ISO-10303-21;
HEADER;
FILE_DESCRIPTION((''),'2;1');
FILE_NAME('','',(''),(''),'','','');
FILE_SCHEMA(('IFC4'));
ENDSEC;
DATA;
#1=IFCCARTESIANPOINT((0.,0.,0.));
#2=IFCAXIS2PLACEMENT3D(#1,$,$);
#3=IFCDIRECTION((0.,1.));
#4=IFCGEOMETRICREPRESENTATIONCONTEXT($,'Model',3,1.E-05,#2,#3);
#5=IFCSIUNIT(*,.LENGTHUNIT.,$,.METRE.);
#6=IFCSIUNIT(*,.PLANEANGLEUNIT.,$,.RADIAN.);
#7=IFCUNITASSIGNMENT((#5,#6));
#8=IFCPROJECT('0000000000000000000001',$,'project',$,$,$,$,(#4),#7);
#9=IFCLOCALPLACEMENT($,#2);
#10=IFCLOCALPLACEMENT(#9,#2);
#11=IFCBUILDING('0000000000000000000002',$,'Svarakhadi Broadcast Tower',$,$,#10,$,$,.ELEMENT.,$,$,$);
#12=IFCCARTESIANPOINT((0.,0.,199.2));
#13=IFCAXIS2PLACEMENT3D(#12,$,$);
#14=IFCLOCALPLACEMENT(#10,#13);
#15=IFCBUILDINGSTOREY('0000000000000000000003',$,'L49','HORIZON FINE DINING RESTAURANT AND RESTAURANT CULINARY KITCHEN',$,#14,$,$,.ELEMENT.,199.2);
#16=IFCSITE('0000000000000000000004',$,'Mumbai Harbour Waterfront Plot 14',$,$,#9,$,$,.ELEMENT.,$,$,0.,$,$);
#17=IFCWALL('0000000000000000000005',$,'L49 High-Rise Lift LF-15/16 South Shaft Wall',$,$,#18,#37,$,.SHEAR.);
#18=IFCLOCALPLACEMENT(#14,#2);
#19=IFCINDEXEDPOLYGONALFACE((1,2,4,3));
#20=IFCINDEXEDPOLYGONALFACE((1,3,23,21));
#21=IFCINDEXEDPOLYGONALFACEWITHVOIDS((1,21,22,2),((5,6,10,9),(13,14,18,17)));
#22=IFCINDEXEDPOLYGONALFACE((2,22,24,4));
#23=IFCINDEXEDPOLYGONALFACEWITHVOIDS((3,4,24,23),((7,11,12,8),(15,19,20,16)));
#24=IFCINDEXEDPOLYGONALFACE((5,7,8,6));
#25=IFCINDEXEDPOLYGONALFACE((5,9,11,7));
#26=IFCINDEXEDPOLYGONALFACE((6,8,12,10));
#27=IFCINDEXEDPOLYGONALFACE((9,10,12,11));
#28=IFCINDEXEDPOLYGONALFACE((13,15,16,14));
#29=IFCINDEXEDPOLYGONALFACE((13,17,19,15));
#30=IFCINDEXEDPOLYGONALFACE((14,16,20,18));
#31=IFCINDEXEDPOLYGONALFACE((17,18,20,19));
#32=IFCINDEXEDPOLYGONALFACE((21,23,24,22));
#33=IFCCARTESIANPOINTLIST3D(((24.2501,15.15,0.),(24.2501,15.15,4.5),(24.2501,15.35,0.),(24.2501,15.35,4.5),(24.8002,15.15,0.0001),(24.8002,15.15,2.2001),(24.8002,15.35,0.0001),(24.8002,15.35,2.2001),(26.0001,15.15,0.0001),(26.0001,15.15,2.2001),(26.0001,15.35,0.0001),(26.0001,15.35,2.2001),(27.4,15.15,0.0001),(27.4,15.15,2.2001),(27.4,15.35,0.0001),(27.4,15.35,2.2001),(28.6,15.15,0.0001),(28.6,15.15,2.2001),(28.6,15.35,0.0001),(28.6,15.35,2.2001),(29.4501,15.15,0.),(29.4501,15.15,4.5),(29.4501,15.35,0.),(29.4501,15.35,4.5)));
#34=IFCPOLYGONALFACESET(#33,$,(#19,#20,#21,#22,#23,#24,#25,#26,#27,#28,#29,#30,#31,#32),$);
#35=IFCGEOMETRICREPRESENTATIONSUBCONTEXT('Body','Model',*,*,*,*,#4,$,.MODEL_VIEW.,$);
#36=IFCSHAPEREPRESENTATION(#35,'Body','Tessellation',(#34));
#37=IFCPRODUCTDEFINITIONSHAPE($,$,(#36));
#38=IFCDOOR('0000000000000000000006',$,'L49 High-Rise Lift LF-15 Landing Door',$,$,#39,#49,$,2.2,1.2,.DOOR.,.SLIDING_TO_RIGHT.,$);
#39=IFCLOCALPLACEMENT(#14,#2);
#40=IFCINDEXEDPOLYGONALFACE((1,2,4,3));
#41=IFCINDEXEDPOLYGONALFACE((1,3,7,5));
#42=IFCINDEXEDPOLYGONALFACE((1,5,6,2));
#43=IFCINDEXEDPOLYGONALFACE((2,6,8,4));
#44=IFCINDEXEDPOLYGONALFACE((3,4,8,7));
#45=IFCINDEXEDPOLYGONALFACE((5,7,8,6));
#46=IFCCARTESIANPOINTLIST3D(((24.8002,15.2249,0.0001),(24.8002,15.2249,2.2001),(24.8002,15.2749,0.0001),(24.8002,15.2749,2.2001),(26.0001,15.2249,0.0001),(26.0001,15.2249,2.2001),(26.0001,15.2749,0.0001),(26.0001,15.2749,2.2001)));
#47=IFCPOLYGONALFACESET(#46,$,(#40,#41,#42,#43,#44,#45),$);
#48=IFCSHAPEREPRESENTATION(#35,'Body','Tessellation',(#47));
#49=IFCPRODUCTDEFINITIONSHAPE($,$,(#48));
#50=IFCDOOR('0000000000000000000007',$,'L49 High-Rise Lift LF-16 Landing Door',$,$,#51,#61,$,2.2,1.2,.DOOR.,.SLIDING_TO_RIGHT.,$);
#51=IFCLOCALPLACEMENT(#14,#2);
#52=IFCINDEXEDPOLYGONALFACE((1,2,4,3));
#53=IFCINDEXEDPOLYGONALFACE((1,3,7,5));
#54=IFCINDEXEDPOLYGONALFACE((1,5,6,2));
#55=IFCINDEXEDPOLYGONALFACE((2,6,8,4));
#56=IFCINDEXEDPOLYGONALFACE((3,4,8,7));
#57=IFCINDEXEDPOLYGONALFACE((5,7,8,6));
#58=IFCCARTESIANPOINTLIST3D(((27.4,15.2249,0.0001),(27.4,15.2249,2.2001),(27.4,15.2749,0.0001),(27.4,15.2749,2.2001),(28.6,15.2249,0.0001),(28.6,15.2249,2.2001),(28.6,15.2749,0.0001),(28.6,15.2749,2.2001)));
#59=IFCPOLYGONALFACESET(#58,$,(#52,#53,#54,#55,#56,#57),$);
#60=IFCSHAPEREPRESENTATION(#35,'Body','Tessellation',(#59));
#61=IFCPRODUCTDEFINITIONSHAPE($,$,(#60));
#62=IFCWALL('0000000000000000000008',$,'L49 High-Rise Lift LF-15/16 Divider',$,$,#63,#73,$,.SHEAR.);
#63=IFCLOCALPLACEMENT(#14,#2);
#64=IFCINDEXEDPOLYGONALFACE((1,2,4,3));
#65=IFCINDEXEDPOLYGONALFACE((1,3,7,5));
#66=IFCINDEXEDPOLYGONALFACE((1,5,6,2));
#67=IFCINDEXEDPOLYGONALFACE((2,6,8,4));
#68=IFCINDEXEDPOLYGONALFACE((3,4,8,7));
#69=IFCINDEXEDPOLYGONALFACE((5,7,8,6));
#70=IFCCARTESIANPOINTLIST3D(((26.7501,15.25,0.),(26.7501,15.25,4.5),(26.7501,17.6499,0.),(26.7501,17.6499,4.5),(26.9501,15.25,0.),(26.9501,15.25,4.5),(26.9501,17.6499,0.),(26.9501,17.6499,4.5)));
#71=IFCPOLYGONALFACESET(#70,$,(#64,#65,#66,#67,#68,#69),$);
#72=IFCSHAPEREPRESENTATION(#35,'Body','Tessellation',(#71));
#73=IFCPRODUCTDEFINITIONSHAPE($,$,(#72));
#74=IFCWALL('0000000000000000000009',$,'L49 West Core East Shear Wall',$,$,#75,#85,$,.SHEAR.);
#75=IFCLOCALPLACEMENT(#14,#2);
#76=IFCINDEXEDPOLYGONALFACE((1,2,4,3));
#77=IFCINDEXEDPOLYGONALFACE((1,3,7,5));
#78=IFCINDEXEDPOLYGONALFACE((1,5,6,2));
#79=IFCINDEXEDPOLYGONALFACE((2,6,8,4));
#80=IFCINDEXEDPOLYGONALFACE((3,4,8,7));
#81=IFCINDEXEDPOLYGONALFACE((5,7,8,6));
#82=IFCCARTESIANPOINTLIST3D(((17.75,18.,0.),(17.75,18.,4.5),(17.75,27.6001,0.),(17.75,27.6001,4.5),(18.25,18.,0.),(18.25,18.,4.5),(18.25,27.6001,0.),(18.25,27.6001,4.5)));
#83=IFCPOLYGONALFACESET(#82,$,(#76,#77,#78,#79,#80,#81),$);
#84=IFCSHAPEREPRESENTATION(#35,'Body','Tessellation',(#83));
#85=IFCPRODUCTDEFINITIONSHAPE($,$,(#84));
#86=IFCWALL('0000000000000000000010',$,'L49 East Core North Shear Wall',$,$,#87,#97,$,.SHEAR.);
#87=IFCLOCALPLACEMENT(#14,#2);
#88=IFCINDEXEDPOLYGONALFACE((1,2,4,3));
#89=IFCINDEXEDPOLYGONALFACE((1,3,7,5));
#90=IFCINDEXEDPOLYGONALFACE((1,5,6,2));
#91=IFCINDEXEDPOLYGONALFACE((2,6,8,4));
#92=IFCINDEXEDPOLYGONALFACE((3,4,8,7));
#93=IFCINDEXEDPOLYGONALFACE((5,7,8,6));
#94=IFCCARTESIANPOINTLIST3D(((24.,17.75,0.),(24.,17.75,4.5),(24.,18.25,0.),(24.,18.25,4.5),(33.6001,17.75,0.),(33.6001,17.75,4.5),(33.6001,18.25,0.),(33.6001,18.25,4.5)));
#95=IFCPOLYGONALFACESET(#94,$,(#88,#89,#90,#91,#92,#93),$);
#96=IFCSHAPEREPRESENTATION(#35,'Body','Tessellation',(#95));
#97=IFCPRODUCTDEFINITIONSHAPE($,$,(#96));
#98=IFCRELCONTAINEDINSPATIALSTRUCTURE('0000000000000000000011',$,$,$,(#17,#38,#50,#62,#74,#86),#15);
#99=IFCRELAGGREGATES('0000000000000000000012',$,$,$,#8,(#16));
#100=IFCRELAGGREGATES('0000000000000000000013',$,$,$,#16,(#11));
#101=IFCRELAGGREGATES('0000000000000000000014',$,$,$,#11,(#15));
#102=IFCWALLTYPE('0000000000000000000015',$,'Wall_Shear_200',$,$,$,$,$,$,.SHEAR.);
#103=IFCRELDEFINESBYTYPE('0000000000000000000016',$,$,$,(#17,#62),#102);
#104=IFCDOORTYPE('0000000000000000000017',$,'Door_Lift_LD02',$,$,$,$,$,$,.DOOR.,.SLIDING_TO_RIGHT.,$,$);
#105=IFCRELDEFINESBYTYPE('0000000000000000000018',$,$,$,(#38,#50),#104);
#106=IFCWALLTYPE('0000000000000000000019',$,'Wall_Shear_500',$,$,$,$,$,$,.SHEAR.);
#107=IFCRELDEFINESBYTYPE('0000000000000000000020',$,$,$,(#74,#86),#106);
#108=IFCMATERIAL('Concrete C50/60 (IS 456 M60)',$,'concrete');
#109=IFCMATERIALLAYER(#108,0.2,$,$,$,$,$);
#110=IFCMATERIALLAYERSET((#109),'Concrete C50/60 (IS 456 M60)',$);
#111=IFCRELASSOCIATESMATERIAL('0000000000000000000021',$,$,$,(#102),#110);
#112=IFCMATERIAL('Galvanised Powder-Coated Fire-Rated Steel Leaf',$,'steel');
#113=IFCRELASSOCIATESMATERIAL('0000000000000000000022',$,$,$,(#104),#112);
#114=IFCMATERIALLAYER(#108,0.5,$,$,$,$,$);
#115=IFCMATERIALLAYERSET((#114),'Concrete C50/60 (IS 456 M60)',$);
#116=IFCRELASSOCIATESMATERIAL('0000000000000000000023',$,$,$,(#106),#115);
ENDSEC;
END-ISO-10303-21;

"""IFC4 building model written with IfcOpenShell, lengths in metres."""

from ifc_helpers import new_model, si_unit, direction, frame, frame_2d, origin, place, context, subcontext, project, spatial, rectangle, extrude, material, layer, layer_set, type_object, element, fill, save


model = new_model("IFC4")

# Units and contexts
model_context = context("Model", 3, precision=1e-05, world=origin(), true_north=direction((0.0, 1.0)))
body_context = subcontext(model_context, "Body", "Model", "MODEL_VIEW")
ifc_project = project(units=[si_unit("LENGTHUNIT", "METRE"), si_unit("PLANEANGLEUNIT", "RADIAN")], contexts=[model_context])

# Site, building, storey
site_placement = place(None, origin())
site = spatial("IfcSite", under=ifc_project, at=site_placement, Name="Mumbai Harbour Waterfront Plot 14", CompositionType="ELEMENT", RefElevation=0.0)
building_placement = place(site_placement, origin())
building = spatial("IfcBuilding", under=site, at=building_placement, Name="Svarakhadi Broadcast Tower", CompositionType="ELEMENT")
storey_placement = place(building_placement, frame((0.0, 0.0, 199.2)))
storey = spatial("IfcBuildingStorey", under=building, at=storey_placement, Name="L49", Description="HORIZON FINE DINING RESTAURANT AND RESTAURANT CULINARY KITCHEN", CompositionType="ELEMENT", Elevation=199.2)

# Shared definitions
ifc_material_1 = material(Name="Concrete C50/60 (IS 456 M60)", Category="concrete")

# Shared definitions
ifc_layer_1 = layer(ifc_material_1, 0.2)
ifc_layer_set_1 = layer_set([ifc_layer_1], Name="Concrete C50/60 (IS 456 M60)")
wall_type_1 = type_object("IfcWallType", Name="Wall_Shear_200", PredefinedType="SHEAR", material=ifc_layer_set_1)

# Shared definitions
ifc_material_2 = material(Name="Galvanised Powder-Coated Fire-Rated Steel Leaf", Category="steel")

# Wall, openings, doors
wall_1_placement = place(storey_placement, frame((24.25, 15.25, 0.0), z_axis=(0.0, 0.0, 1.0), x_axis=(1.0, 0.0, 0.0)))
wall_1 = element("IfcWall", 1, at=wall_1_placement, inside=storey, type_object=wall_type_1, Name="L49 High-Rise Lift LF-15/16 South Shaft Wall", PredefinedType="SHEAR", context=body_context, shape_type="SweptSolid", body=[
    extrude(rectangle(XDim=5.2, YDim=0.2, at=frame_2d((2.6001, 0.0))), origin(), (0.0, 0.0, 1.0), 4.5),
])
opening_1_placement = place(wall_1_placement, frame((0.55, 0.0, 0.0)))
opening_1 = element("IfcOpeningElement", 2, at=opening_1_placement, cuts=wall_1, PredefinedType="OPENING", context=body_context, shape_type="SweptSolid", body=[
    extrude(rectangle(XDim=1.2, YDim=2.2, at=frame_2d((0.6001, 1.1001))), frame((0.0, 0.1099, 0.0), z_axis=(0.0, -1.0, 0.0), x_axis=(1.0, 0.0, 0.0)), (0.0, 0.0, 1.0), 0.22),
])
opening_2_placement = place(wall_1_placement, frame((3.1499, 0.0, 0.0)))
opening_2 = element("IfcOpeningElement", 3, at=opening_2_placement, cuts=wall_1, PredefinedType="OPENING", context=body_context, shape_type="SweptSolid", body=[
    extrude(rectangle(XDim=1.2, YDim=2.2, at=frame_2d((0.6001, 1.1001))), frame((0.0, 0.1099, 0.0), z_axis=(0.0, -1.0, 0.0), x_axis=(1.0, 0.0, 0.0)), (0.0, 0.0, 1.0), 0.22),
])
door_type_1 = type_object("IfcDoorType", Name="Door_Lift_LD02", OperationType="SLIDING_TO_RIGHT", PredefinedType="DOOR", material=ifc_material_2)
door_1_placement = place(opening_1_placement, origin())
door_1 = element("IfcDoor", 4, at=door_1_placement, inside=storey, type_object=door_type_1, Name="L49 High-Rise Lift LF-15 Landing Door", OperationType="SLIDING_TO_RIGHT", OverallHeight=2.2, OverallWidth=1.2, PredefinedType="DOOR", context=body_context, shape_type="SweptSolid", body=[
    extrude(rectangle(XDim=1.2, YDim=2.2, at=frame_2d((0.6001, 1.1001))), frame((0.0, 0.0249, 0.0), z_axis=(0.0, -1.0, 0.0), x_axis=(1.0, 0.0, 0.0)), (0.0, 0.0, 1.0), 0.05),
])
fill(opening_1, door_1)
door_2_placement = place(opening_2_placement, origin())
door_2 = element("IfcDoor", 5, at=door_2_placement, inside=storey, type_object=door_type_1, Name="L49 High-Rise Lift LF-16 Landing Door", OperationType="SLIDING_TO_RIGHT", OverallHeight=2.2, OverallWidth=1.2, PredefinedType="DOOR", context=body_context, shape_type="SweptSolid", body=[
    extrude(rectangle(XDim=1.2, YDim=2.2, at=frame_2d((0.6001, 1.1001))), frame((0.0, 0.0249, 0.0), z_axis=(0.0, -1.0, 0.0), x_axis=(1.0, 0.0, 0.0)), (0.0, 0.0, 1.0), 0.05),
])
fill(opening_2, door_2)

# Walls
wall_2_placement = place(storey_placement, frame((26.8501, 15.25, 0.0), z_axis=(0.0, 0.0, 1.0), x_axis=(0.0, 1.0, 0.0)))
element("IfcWall", 6, at=wall_2_placement, inside=storey, type_object=wall_type_1, Name="L49 High-Rise Lift LF-15/16 Divider", PredefinedType="SHEAR", context=body_context, shape_type="SweptSolid", body=[
    extrude(rectangle(XDim=2.3999, YDim=0.2, at=frame_2d((1.2, 0.0))), origin(), (0.0, 0.0, 1.0), 4.5),
])
ifc_layer_2 = layer(ifc_material_1, 0.5)
ifc_layer_set_2 = layer_set([ifc_layer_2], Name="Concrete C50/60 (IS 456 M60)")
wall_type_2 = type_object("IfcWallType", Name="Wall_Shear_500", PredefinedType="SHEAR", material=ifc_layer_set_2)
for number, where, z_axis, x_axis, name in (
    (7, (18.0, 18.0, 0.0), (0.0, 0.0, 1.0), (0.0, 1.0, 0.0), "L49 West Core East Shear Wall"),
    (8, (24.0, 18.0, 0.0), (0.0, 0.0, 1.0), (1.0, 0.0, 0.0), "L49 East Core North Shear Wall"),
):
    element("IfcWall", number, at=place(storey_placement, frame(where, z_axis=z_axis, x_axis=x_axis)), inside=storey, type_object=wall_type_2, Name=name, PredefinedType="SHEAR", context=body_context, shape_type="SweptSolid", body=[
        extrude(rectangle(XDim=9.6001, YDim=0.5, at=frame_2d((4.8, 0.0))), origin(), (0.0, 0.0, 1.0), 4.5),
    ])

save(model, "model.ifc")
